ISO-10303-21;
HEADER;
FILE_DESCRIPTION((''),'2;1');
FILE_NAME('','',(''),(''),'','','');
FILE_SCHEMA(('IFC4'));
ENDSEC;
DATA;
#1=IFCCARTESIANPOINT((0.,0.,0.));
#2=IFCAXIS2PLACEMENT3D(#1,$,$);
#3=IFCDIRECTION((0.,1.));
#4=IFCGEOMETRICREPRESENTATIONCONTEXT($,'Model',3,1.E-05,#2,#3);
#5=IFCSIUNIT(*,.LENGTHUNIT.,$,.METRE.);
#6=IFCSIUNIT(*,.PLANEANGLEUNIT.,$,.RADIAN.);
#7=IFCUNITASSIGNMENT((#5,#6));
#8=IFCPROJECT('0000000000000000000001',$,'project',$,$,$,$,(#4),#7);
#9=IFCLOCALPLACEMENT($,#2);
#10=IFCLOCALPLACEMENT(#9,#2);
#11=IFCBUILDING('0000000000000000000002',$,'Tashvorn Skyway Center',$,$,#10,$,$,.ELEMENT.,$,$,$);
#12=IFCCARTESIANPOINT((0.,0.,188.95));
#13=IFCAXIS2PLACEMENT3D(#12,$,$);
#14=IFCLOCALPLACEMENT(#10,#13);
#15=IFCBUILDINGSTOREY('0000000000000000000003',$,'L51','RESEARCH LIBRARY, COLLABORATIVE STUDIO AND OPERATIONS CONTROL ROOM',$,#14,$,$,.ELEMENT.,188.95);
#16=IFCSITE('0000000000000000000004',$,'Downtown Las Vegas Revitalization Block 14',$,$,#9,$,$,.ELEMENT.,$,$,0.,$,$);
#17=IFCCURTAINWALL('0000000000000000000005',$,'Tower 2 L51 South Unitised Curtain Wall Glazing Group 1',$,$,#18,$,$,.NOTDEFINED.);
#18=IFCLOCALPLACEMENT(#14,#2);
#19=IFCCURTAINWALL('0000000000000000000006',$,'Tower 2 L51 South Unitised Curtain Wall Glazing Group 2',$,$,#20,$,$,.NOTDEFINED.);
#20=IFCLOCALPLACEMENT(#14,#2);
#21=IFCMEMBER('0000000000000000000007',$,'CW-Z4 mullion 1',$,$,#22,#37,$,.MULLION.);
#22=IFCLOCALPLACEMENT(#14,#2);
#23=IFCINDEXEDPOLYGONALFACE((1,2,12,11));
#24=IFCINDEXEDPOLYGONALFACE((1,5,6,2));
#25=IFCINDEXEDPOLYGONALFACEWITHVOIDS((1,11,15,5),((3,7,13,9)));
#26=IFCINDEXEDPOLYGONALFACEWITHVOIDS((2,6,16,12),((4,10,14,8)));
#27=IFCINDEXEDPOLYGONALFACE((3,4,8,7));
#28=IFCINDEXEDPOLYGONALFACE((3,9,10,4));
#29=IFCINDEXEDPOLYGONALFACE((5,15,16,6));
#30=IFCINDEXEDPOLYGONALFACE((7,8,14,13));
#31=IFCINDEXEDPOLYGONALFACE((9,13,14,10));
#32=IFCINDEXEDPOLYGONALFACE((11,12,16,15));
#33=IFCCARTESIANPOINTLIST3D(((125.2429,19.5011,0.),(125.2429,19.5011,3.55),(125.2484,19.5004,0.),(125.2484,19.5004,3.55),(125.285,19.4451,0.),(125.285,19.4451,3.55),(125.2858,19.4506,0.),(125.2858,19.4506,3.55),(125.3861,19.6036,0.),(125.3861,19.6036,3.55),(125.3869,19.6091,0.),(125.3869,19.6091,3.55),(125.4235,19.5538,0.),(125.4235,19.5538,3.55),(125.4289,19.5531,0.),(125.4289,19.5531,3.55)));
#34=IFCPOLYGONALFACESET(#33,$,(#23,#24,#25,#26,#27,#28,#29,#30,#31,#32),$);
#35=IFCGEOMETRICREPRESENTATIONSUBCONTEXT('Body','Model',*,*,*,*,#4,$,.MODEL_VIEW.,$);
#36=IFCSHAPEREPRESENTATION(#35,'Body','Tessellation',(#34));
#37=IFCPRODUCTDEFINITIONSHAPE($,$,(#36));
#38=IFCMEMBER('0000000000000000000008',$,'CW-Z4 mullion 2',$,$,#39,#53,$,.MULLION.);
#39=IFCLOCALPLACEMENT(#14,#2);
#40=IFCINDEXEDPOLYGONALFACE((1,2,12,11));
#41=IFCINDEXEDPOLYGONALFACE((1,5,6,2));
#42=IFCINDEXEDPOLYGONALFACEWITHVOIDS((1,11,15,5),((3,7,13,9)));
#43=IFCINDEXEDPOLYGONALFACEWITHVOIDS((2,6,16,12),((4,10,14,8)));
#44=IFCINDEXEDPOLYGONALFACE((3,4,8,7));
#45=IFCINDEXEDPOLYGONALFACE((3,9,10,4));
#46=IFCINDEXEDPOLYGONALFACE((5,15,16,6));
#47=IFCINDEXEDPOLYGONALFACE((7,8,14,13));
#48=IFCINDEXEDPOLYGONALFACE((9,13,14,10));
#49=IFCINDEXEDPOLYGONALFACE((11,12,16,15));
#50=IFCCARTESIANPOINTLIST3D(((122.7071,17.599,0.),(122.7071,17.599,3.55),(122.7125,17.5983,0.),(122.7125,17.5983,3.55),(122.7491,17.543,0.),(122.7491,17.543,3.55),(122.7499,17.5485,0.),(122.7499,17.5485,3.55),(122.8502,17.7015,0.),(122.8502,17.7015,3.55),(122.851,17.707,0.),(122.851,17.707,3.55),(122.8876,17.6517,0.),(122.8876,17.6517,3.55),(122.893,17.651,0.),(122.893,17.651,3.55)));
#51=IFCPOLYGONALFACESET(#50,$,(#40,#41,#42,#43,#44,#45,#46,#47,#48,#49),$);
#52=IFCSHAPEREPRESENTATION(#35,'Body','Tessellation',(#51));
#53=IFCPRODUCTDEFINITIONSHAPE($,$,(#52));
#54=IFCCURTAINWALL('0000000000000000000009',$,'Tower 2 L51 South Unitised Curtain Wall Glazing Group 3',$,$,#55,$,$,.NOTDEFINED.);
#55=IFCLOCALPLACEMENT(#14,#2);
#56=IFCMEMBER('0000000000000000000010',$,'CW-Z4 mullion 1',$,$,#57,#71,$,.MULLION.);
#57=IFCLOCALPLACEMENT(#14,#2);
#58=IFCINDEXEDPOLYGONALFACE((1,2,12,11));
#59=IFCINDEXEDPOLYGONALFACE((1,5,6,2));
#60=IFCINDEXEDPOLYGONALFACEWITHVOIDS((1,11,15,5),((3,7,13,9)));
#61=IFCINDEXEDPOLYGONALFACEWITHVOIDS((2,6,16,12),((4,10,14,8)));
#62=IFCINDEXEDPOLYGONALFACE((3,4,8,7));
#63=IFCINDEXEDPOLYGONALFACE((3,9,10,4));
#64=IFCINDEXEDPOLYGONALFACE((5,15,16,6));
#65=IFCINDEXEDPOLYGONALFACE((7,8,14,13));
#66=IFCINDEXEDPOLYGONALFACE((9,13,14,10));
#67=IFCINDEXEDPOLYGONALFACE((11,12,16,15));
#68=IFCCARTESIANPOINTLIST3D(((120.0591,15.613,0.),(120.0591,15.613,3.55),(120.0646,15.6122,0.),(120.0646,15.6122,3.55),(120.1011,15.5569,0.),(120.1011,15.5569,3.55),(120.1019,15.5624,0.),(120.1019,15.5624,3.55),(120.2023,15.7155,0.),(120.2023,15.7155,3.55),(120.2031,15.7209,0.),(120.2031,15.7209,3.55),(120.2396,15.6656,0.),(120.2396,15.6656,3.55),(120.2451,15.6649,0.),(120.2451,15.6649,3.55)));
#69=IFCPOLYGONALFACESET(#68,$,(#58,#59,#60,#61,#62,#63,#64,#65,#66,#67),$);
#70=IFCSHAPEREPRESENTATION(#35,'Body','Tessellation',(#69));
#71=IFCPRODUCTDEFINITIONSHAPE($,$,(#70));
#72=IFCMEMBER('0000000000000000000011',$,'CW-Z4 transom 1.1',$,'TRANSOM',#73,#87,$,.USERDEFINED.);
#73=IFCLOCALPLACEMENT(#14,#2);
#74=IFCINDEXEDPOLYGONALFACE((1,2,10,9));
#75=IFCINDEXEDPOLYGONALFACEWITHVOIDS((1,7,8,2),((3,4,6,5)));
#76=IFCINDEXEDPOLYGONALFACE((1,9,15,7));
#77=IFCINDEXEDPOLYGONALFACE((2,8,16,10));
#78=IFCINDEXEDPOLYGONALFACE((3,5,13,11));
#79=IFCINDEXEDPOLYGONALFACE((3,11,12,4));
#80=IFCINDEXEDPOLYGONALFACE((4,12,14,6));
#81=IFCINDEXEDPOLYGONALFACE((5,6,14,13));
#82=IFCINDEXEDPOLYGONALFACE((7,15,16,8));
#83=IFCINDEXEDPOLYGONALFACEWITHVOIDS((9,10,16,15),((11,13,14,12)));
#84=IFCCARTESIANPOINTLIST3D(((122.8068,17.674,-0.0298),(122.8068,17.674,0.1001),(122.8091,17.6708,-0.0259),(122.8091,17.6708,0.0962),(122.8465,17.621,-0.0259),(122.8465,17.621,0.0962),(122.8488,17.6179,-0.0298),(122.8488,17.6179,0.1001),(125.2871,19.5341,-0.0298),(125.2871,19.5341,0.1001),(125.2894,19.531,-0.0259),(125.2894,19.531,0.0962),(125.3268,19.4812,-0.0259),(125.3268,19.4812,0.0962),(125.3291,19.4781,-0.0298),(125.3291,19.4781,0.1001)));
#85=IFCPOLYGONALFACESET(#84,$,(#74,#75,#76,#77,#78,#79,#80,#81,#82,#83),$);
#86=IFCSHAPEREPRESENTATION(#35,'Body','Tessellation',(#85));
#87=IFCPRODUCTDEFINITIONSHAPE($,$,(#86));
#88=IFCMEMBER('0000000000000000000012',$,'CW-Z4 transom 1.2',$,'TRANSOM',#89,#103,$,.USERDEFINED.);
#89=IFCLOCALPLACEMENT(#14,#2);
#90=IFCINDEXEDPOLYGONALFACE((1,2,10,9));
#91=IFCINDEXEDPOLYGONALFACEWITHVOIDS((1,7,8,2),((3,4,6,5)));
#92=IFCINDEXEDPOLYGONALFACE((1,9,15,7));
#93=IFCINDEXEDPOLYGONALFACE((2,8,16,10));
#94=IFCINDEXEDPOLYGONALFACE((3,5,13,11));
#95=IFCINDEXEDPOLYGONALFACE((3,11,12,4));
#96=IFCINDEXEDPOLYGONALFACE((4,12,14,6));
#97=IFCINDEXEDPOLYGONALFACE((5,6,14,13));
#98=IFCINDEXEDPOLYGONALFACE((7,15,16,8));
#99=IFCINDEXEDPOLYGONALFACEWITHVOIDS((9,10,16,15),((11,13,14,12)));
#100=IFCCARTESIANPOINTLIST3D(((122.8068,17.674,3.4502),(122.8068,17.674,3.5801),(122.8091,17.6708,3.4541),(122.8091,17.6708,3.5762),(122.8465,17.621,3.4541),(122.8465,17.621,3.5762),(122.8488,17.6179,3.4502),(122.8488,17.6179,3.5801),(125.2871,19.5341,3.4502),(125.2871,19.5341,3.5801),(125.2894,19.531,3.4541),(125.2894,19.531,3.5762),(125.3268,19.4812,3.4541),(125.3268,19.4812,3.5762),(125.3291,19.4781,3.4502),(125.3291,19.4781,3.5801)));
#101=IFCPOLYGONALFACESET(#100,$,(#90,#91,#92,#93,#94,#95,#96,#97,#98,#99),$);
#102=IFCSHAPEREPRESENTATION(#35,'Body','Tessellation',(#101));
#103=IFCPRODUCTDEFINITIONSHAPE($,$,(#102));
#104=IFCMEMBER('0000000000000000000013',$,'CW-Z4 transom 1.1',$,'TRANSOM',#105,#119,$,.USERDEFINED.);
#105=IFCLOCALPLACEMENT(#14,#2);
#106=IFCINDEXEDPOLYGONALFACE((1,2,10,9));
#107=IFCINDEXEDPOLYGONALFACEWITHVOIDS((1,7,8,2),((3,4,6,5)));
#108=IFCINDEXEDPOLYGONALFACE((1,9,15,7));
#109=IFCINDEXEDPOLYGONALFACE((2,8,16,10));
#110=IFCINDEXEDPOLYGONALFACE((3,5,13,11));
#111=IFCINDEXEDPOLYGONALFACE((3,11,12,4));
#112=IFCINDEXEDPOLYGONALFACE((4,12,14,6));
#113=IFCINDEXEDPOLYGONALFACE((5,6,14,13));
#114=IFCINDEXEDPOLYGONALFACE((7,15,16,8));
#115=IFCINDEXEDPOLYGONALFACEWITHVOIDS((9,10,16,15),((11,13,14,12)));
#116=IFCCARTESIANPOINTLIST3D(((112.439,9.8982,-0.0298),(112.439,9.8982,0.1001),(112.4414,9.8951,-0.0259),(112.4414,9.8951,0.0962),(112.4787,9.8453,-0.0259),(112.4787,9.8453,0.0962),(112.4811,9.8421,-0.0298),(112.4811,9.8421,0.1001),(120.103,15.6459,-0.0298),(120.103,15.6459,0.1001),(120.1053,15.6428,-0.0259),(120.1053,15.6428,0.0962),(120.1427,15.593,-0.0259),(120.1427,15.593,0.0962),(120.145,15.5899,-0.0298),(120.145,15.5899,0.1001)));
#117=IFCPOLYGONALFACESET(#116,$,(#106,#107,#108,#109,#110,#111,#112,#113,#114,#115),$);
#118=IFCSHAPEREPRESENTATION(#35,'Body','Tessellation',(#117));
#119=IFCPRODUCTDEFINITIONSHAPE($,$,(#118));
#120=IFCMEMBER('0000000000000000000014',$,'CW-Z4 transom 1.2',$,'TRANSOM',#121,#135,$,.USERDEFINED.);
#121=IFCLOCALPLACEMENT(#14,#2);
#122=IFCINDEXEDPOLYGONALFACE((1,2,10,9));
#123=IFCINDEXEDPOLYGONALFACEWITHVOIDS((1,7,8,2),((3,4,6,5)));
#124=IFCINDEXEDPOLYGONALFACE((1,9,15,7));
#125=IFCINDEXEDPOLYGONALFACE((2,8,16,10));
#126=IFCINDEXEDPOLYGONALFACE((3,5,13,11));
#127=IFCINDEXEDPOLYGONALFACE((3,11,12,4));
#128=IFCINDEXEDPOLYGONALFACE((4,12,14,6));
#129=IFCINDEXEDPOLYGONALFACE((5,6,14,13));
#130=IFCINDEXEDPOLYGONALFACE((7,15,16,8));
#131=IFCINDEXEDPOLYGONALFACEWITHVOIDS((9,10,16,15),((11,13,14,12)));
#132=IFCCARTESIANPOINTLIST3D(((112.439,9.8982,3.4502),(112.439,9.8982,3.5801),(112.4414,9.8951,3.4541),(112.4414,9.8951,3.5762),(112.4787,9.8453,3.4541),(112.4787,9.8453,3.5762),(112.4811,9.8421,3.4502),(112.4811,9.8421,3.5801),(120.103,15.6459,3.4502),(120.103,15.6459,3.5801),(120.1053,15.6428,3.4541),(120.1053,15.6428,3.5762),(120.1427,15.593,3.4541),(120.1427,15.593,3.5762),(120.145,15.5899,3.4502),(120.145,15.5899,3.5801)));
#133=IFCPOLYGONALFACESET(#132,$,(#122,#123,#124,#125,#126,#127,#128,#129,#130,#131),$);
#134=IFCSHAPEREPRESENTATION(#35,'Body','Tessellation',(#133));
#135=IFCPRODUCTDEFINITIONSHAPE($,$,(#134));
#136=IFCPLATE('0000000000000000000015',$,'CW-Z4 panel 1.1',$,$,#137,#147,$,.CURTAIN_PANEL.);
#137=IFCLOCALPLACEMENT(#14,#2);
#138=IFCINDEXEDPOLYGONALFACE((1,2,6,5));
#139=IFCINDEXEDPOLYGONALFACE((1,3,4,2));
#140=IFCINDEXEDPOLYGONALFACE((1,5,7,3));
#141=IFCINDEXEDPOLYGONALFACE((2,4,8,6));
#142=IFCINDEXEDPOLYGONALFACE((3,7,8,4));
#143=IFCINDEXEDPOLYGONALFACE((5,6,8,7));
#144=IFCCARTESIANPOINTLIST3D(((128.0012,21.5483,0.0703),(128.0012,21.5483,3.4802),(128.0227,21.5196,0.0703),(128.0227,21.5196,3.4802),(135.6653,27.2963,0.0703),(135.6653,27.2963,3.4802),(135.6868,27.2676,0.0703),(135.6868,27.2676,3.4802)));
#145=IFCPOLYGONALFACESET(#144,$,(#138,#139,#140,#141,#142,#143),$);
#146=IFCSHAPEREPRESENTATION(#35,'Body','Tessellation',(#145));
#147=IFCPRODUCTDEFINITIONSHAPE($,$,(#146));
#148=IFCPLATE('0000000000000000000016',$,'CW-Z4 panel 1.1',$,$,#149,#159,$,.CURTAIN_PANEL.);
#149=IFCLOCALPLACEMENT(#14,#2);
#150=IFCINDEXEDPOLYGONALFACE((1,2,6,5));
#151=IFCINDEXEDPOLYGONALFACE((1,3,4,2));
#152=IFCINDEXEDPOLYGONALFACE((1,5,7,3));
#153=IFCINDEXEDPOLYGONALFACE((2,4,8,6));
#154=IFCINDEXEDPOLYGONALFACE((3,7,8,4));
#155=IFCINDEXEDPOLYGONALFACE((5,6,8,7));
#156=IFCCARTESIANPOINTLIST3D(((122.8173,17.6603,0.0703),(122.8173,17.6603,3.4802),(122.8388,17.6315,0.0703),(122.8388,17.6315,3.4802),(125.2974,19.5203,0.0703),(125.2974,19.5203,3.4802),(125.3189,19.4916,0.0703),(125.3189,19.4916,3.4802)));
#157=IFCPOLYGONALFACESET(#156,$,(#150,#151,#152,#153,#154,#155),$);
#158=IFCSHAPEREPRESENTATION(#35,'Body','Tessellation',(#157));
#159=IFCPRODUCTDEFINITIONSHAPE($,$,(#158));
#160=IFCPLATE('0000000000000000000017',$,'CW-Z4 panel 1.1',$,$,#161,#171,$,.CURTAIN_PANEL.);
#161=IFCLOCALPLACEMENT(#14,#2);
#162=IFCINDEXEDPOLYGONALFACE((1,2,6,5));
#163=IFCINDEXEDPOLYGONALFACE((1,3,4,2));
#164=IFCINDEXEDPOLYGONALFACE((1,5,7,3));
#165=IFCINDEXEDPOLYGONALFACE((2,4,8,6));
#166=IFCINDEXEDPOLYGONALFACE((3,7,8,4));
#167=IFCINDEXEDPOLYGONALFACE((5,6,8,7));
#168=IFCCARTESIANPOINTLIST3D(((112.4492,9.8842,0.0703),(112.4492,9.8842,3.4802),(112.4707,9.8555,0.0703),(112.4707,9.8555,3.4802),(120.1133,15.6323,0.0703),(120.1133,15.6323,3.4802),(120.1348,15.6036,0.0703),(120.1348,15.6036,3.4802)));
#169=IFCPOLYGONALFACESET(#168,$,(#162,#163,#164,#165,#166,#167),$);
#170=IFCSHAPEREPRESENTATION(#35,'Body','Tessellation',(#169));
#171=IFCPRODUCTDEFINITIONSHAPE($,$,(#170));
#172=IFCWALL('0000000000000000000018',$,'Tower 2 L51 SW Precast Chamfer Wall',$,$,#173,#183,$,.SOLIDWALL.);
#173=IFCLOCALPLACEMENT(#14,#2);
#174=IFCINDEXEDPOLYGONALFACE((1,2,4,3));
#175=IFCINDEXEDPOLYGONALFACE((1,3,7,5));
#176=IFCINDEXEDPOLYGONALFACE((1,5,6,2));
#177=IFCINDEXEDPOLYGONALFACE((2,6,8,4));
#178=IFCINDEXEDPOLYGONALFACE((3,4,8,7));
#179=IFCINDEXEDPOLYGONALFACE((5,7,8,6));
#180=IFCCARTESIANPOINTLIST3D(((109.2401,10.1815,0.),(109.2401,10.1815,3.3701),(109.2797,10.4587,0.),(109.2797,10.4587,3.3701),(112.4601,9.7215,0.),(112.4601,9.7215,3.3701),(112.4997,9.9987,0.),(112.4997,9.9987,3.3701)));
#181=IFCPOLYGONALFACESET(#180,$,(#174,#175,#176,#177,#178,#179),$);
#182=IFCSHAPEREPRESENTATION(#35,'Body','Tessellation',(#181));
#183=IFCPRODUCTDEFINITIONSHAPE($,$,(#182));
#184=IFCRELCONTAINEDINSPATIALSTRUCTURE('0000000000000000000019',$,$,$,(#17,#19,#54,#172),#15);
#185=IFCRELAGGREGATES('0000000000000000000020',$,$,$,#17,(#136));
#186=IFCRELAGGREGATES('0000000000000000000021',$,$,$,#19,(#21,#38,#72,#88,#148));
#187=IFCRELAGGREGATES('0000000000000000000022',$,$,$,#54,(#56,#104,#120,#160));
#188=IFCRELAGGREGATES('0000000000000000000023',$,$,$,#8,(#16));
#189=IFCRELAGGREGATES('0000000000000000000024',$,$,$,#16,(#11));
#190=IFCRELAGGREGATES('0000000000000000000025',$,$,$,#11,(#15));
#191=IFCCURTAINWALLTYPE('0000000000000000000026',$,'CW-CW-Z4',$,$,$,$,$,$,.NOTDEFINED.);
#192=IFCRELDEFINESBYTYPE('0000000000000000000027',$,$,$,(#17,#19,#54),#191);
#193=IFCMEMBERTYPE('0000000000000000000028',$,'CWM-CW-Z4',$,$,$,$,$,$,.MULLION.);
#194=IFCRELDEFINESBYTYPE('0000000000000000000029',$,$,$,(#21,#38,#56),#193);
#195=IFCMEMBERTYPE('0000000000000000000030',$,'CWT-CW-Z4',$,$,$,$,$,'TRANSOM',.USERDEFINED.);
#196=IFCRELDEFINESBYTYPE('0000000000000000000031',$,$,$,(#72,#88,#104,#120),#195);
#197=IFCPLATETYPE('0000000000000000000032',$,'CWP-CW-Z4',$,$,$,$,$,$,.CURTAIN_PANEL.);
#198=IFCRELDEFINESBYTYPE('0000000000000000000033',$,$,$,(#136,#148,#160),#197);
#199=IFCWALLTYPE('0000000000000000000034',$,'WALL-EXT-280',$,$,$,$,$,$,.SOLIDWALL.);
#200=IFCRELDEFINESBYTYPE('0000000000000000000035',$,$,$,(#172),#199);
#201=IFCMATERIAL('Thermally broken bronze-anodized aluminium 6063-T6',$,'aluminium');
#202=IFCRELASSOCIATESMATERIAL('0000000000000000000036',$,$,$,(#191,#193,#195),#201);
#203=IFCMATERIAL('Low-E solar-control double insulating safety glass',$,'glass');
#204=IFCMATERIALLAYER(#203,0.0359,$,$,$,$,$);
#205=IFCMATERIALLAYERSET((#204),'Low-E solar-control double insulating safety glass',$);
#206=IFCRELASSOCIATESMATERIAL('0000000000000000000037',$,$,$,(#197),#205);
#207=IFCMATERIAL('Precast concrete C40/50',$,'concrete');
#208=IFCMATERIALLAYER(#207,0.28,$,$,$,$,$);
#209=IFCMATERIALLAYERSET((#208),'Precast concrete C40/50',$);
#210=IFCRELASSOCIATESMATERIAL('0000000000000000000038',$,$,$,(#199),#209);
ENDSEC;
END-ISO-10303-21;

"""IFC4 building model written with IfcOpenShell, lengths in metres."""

from ifc_helpers import new_model, si_unit, direction, frame, frame_2d, origin, origin_2d, place, context, subcontext, project, spatial, rectangle, hollow_rectangle, extrude, material, layer, layer_set, material_profile, profile_set, type_object, element, aggregate, save


model = new_model("IFC4")

# Units and contexts
model_context = context("Model", 3, precision=1e-05, world=origin(), true_north=direction((0.0, 1.0)))
body_context = subcontext(model_context, "Body", "Model", "MODEL_VIEW")
ifc_project = project(units=[si_unit("LENGTHUNIT", "METRE"), si_unit("PLANEANGLEUNIT", "RADIAN")], contexts=[model_context])

# Site, building, storey
site_placement = place(None, origin())
site = spatial("IfcSite", under=ifc_project, at=site_placement, Name="Downtown Las Vegas Revitalization Block 14", CompositionType="ELEMENT", RefElevation=0.0)
building_placement = place(site_placement, origin())
building = spatial("IfcBuilding", under=site, at=building_placement, Name="Tashvorn Skyway Center", CompositionType="ELEMENT")
storey_placement = place(building_placement, frame((0.0, 0.0, 188.95)))
storey = spatial("IfcBuildingStorey", under=building, at=storey_placement, Name="L51", Description="RESEARCH LIBRARY, COLLABORATIVE STUDIO AND OPERATIONS CONTROL ROOM", CompositionType="ELEMENT", Elevation=188.95)

# Curtain wall
ifc_material_1 = material(Name="Thermally broken bronze-anodized aluminium 6063-T6", Category="aluminium")
curtain_wall_type = type_object("IfcCurtainWallType", Name="CW-CW-Z4", PredefinedType="NOTDEFINED", material=ifc_material_1)
curtain_wall_1_placement = place(storey_placement, origin())
curtain_wall_1 = element("IfcCurtainWall", 1, at=curtain_wall_1_placement, inside=storey, type_object=curtain_wall_type, Name="Tower 2 L51 South Unitised Curtain Wall Glazing Group 1", PredefinedType="NOTDEFINED")
ifc_material_profile_1 = material_profile(ifc_material_1, hollow_rectangle(XDim=0.0701, YDim=0.1799, WallThickness=0.0039, at=origin_2d()), Name="ALU-MULL-70x180")
ifc_profile_set_1 = profile_set([ifc_material_profile_1], Name="Thermally broken bronze-anodized aluminium 6063-T6")
member_type_1 = type_object("IfcMemberType", Name="CWM-CW-Z4", PredefinedType="MULLION", material=ifc_profile_set_1)

# Curtain wall, members
curtain_wall_2_placement = place(storey_placement, origin())
curtain_wall_2 = element("IfcCurtainWall", 2, at=curtain_wall_2_placement, inside=storey, type_object=curtain_wall_type, Name="Tower 2 L51 South Unitised Curtain Wall Glazing Group 2", PredefinedType="NOTDEFINED")
member_1_placement = place(storey_placement, frame((125.3359, 19.5271, 0.0), z_axis=(0.0, 0.0, 1.0), x_axis=(0.6, -0.8, 0.0)))
member_1 = element("IfcMember", 3, at=member_1_placement, type_object=member_type_1, Name="CW-Z4 mullion 1", PredefinedType="MULLION", context=body_context, shape_type="SweptSolid", body=[
    extrude(hollow_rectangle(XDim=0.0701, YDim=0.1799, WallThickness=0.0039, at=origin_2d()), origin(), (0.0, 0.0, 1.0), 3.55),
])
member_2_placement = place(storey_placement, frame((122.8, 17.625, 0.0), z_axis=(0.0, 0.0, 1.0), x_axis=(0.6, -0.8, 0.0)))
member_2 = element("IfcMember", 4, at=member_2_placement, type_object=member_type_1, Name="CW-Z4 mullion 2", PredefinedType="MULLION", context=body_context, shape_type="SweptSolid", body=[
    extrude(hollow_rectangle(XDim=0.0701, YDim=0.1799, WallThickness=0.0039, at=origin_2d()), origin(), (0.0, 0.0, 1.0), 3.55),
])

# Curtain wall, member
curtain_wall_3_placement = place(storey_placement, origin())
curtain_wall_3 = element("IfcCurtainWall", 5, at=curtain_wall_3_placement, inside=storey, type_object=curtain_wall_type, Name="Tower 2 L51 South Unitised Curtain Wall Glazing Group 3", PredefinedType="NOTDEFINED")
member_3_placement = place(storey_placement, frame((120.1521, 15.6389, 0.0), z_axis=(0.0, 0.0, 1.0), x_axis=(0.6, -0.8, 0.0)))
member_3 = element("IfcMember", 6, at=member_3_placement, type_object=member_type_1, Name="CW-Z4 mullion 1", PredefinedType="MULLION", context=body_context, shape_type="SweptSolid", body=[
    extrude(hollow_rectangle(XDim=0.0701, YDim=0.1799, WallThickness=0.0039, at=origin_2d()), origin(), (0.0, 0.0, 1.0), 3.55),
])

# Members
ifc_material_profile_2 = material_profile(ifc_material_1, hollow_rectangle(XDim=0.0701, YDim=0.1299, WallThickness=0.0039, at=origin_2d()), Name="ALU-TRAN-70x130")
ifc_profile_set_2 = profile_set([ifc_material_profile_2], Name="Thermally broken bronze-anodized aluminium 6063-T6")
member_type_2 = type_object("IfcMemberType", Name="CWT-CW-Z4", ElementType="TRANSOM", PredefinedType="USERDEFINED", material=ifc_profile_set_2)
member_4_placement = place(storey_placement, frame((125.3081, 19.5061, 0.0352), z_axis=(-0.800009, -0.599987, 0.0), x_axis=(0.599987, -0.800009, 0.0)))
member_4 = element("IfcMember", 7, at=member_4_placement, type_object=member_type_2, Name="CW-Z4 transom 1.1", ObjectType="TRANSOM", PredefinedType="USERDEFINED", context=body_context, shape_type="SweptSolid", body=[
    extrude(hollow_rectangle(XDim=0.0701, YDim=0.1299, WallThickness=0.0039, at=origin_2d()), origin(), (0.0, 0.0, 1.0), 3.1003),
])
member_5_placement = place(storey_placement, frame((125.3081, 19.5061, 3.5151), z_axis=(-0.800009, -0.599987, 0.0), x_axis=(0.599987, -0.800009, 0.0)))
member_5 = element("IfcMember", 8, at=member_5_placement, type_object=member_type_2, Name="CW-Z4 transom 1.2", ObjectType="TRANSOM", PredefinedType="USERDEFINED", context=body_context, shape_type="SweptSolid", body=[
    extrude(hollow_rectangle(XDim=0.0701, YDim=0.1299, WallThickness=0.0039, at=origin_2d()), origin(), (0.0, 0.0, 1.0), 3.1003),
])
member_6_placement = place(storey_placement, frame((120.124, 15.6179, 0.0352), z_axis=(-0.800012, -0.599984, 0.0), x_axis=(0.599984, -0.800012, 0.0)))
member_6 = element("IfcMember", 9, at=member_6_placement, type_object=member_type_2, Name="CW-Z4 transom 1.1", ObjectType="TRANSOM", PredefinedType="USERDEFINED", context=body_context, shape_type="SweptSolid", body=[
    extrude(hollow_rectangle(XDim=0.0701, YDim=0.1299, WallThickness=0.0039, at=origin_2d()), origin(), (0.0, 0.0, 1.0), 9.5798),
])
member_7_placement = place(storey_placement, frame((120.124, 15.6179, 3.5151), z_axis=(-0.800012, -0.599984, 0.0), x_axis=(0.599984, -0.800012, 0.0)))
member_7 = element("IfcMember", 10, at=member_7_placement, type_object=member_type_2, Name="CW-Z4 transom 1.2", ObjectType="TRANSOM", PredefinedType="USERDEFINED", context=body_context, shape_type="SweptSolid", body=[
    extrude(hollow_rectangle(XDim=0.0701, YDim=0.1299, WallThickness=0.0039, at=origin_2d()), origin(), (0.0, 0.0, 1.0), 9.5798),
])

# Plates
ifc_material_2 = material(Name="Low-E solar-control double insulating safety glass", Category="glass")
ifc_layer_1 = layer(ifc_material_2, 0.0359)
ifc_layer_set_1 = layer_set([ifc_layer_1], Name="Low-E solar-control double insulating safety glass")
plate_type = type_object("IfcPlateType", Name="CWP-CW-Z4", PredefinedType="CURTAIN_PANEL", material=ifc_layer_set_1)
plate_1_placement = place(storey_placement, frame((131.844, 24.408, 0.0703), z_axis=(0.0, 0.0, 1.0), x_axis=(-0.8, -0.6, 0.0)))
plate_1 = element("IfcPlate", 11, at=plate_1_placement, type_object=plate_type, Name="CW-Z4 panel 1.1", PredefinedType="CURTAIN_PANEL", context=body_context, shape_type="SweptSolid", body=[
    extrude(rectangle(XDim=9.5801, YDim=0.0359, at=origin_2d()), origin(), (0.0, 0.0, 1.0), 3.4099),
])
aggregate(curtain_wall_1, [plate_1])
plate_2_placement = place(storey_placement, frame((124.0681, 18.5759, 0.0703), z_axis=(0.0, 0.0, 1.0), x_axis=(-0.8, -0.6, 0.0)))
plate_2 = element("IfcPlate", 12, at=plate_2_placement, type_object=plate_type, Name="CW-Z4 panel 1.1", PredefinedType="CURTAIN_PANEL", context=body_context, shape_type="SweptSolid", body=[
    extrude(rectangle(XDim=3.1001, YDim=0.0359, at=origin_2d()), origin(), (0.0, 0.0, 1.0), 3.4099),
])
aggregate(curtain_wall_2, [member_1, member_2, member_4, member_5, plate_2])
plate_3_placement = place(storey_placement, frame((116.292, 12.7439, 0.0703), z_axis=(0.0, 0.0, 1.0), x_axis=(-0.8, -0.6, 0.0)))
plate_3 = element("IfcPlate", 13, at=plate_3_placement, type_object=plate_type, Name="CW-Z4 panel 1.1", PredefinedType="CURTAIN_PANEL", context=body_context, shape_type="SweptSolid", body=[
    extrude(rectangle(XDim=9.5801, YDim=0.0359, at=origin_2d()), origin(), (0.0, 0.0, 1.0), 3.4099),
])
aggregate(curtain_wall_3, [member_3, member_6, member_7, plate_3])

# Wall
ifc_material_3 = material(Name="Precast concrete C40/50", Category="concrete")
ifc_layer_2 = layer(ifc_material_3, 0.28)
ifc_layer_set_2 = layer_set([ifc_layer_2], Name="Precast concrete C40/50")
wall_type_1 = type_object("IfcWallType", Name="WALL-EXT-280", PredefinedType="SOLIDWALL", material=ifc_layer_set_2)
wall_1_placement = place(storey_placement, frame((112.48, 9.8601, 0.0), z_axis=(0.0, 0.0, 1.0), x_axis=(-0.989951, 0.141411, 0.0)))
element("IfcWall", 14, at=wall_1_placement, inside=storey, type_object=wall_type_1, Name="Tower 2 L51 SW Precast Chamfer Wall", PredefinedType="SOLIDWALL", context=body_context, shape_type="SweptSolid", body=[
    extrude(rectangle(XDim=3.2527, YDim=0.28, at=frame_2d((1.6265, 0.0))), origin(), (0.0, 0.0, 1.0), 3.3701),
])

save(model, "model.ifc")
